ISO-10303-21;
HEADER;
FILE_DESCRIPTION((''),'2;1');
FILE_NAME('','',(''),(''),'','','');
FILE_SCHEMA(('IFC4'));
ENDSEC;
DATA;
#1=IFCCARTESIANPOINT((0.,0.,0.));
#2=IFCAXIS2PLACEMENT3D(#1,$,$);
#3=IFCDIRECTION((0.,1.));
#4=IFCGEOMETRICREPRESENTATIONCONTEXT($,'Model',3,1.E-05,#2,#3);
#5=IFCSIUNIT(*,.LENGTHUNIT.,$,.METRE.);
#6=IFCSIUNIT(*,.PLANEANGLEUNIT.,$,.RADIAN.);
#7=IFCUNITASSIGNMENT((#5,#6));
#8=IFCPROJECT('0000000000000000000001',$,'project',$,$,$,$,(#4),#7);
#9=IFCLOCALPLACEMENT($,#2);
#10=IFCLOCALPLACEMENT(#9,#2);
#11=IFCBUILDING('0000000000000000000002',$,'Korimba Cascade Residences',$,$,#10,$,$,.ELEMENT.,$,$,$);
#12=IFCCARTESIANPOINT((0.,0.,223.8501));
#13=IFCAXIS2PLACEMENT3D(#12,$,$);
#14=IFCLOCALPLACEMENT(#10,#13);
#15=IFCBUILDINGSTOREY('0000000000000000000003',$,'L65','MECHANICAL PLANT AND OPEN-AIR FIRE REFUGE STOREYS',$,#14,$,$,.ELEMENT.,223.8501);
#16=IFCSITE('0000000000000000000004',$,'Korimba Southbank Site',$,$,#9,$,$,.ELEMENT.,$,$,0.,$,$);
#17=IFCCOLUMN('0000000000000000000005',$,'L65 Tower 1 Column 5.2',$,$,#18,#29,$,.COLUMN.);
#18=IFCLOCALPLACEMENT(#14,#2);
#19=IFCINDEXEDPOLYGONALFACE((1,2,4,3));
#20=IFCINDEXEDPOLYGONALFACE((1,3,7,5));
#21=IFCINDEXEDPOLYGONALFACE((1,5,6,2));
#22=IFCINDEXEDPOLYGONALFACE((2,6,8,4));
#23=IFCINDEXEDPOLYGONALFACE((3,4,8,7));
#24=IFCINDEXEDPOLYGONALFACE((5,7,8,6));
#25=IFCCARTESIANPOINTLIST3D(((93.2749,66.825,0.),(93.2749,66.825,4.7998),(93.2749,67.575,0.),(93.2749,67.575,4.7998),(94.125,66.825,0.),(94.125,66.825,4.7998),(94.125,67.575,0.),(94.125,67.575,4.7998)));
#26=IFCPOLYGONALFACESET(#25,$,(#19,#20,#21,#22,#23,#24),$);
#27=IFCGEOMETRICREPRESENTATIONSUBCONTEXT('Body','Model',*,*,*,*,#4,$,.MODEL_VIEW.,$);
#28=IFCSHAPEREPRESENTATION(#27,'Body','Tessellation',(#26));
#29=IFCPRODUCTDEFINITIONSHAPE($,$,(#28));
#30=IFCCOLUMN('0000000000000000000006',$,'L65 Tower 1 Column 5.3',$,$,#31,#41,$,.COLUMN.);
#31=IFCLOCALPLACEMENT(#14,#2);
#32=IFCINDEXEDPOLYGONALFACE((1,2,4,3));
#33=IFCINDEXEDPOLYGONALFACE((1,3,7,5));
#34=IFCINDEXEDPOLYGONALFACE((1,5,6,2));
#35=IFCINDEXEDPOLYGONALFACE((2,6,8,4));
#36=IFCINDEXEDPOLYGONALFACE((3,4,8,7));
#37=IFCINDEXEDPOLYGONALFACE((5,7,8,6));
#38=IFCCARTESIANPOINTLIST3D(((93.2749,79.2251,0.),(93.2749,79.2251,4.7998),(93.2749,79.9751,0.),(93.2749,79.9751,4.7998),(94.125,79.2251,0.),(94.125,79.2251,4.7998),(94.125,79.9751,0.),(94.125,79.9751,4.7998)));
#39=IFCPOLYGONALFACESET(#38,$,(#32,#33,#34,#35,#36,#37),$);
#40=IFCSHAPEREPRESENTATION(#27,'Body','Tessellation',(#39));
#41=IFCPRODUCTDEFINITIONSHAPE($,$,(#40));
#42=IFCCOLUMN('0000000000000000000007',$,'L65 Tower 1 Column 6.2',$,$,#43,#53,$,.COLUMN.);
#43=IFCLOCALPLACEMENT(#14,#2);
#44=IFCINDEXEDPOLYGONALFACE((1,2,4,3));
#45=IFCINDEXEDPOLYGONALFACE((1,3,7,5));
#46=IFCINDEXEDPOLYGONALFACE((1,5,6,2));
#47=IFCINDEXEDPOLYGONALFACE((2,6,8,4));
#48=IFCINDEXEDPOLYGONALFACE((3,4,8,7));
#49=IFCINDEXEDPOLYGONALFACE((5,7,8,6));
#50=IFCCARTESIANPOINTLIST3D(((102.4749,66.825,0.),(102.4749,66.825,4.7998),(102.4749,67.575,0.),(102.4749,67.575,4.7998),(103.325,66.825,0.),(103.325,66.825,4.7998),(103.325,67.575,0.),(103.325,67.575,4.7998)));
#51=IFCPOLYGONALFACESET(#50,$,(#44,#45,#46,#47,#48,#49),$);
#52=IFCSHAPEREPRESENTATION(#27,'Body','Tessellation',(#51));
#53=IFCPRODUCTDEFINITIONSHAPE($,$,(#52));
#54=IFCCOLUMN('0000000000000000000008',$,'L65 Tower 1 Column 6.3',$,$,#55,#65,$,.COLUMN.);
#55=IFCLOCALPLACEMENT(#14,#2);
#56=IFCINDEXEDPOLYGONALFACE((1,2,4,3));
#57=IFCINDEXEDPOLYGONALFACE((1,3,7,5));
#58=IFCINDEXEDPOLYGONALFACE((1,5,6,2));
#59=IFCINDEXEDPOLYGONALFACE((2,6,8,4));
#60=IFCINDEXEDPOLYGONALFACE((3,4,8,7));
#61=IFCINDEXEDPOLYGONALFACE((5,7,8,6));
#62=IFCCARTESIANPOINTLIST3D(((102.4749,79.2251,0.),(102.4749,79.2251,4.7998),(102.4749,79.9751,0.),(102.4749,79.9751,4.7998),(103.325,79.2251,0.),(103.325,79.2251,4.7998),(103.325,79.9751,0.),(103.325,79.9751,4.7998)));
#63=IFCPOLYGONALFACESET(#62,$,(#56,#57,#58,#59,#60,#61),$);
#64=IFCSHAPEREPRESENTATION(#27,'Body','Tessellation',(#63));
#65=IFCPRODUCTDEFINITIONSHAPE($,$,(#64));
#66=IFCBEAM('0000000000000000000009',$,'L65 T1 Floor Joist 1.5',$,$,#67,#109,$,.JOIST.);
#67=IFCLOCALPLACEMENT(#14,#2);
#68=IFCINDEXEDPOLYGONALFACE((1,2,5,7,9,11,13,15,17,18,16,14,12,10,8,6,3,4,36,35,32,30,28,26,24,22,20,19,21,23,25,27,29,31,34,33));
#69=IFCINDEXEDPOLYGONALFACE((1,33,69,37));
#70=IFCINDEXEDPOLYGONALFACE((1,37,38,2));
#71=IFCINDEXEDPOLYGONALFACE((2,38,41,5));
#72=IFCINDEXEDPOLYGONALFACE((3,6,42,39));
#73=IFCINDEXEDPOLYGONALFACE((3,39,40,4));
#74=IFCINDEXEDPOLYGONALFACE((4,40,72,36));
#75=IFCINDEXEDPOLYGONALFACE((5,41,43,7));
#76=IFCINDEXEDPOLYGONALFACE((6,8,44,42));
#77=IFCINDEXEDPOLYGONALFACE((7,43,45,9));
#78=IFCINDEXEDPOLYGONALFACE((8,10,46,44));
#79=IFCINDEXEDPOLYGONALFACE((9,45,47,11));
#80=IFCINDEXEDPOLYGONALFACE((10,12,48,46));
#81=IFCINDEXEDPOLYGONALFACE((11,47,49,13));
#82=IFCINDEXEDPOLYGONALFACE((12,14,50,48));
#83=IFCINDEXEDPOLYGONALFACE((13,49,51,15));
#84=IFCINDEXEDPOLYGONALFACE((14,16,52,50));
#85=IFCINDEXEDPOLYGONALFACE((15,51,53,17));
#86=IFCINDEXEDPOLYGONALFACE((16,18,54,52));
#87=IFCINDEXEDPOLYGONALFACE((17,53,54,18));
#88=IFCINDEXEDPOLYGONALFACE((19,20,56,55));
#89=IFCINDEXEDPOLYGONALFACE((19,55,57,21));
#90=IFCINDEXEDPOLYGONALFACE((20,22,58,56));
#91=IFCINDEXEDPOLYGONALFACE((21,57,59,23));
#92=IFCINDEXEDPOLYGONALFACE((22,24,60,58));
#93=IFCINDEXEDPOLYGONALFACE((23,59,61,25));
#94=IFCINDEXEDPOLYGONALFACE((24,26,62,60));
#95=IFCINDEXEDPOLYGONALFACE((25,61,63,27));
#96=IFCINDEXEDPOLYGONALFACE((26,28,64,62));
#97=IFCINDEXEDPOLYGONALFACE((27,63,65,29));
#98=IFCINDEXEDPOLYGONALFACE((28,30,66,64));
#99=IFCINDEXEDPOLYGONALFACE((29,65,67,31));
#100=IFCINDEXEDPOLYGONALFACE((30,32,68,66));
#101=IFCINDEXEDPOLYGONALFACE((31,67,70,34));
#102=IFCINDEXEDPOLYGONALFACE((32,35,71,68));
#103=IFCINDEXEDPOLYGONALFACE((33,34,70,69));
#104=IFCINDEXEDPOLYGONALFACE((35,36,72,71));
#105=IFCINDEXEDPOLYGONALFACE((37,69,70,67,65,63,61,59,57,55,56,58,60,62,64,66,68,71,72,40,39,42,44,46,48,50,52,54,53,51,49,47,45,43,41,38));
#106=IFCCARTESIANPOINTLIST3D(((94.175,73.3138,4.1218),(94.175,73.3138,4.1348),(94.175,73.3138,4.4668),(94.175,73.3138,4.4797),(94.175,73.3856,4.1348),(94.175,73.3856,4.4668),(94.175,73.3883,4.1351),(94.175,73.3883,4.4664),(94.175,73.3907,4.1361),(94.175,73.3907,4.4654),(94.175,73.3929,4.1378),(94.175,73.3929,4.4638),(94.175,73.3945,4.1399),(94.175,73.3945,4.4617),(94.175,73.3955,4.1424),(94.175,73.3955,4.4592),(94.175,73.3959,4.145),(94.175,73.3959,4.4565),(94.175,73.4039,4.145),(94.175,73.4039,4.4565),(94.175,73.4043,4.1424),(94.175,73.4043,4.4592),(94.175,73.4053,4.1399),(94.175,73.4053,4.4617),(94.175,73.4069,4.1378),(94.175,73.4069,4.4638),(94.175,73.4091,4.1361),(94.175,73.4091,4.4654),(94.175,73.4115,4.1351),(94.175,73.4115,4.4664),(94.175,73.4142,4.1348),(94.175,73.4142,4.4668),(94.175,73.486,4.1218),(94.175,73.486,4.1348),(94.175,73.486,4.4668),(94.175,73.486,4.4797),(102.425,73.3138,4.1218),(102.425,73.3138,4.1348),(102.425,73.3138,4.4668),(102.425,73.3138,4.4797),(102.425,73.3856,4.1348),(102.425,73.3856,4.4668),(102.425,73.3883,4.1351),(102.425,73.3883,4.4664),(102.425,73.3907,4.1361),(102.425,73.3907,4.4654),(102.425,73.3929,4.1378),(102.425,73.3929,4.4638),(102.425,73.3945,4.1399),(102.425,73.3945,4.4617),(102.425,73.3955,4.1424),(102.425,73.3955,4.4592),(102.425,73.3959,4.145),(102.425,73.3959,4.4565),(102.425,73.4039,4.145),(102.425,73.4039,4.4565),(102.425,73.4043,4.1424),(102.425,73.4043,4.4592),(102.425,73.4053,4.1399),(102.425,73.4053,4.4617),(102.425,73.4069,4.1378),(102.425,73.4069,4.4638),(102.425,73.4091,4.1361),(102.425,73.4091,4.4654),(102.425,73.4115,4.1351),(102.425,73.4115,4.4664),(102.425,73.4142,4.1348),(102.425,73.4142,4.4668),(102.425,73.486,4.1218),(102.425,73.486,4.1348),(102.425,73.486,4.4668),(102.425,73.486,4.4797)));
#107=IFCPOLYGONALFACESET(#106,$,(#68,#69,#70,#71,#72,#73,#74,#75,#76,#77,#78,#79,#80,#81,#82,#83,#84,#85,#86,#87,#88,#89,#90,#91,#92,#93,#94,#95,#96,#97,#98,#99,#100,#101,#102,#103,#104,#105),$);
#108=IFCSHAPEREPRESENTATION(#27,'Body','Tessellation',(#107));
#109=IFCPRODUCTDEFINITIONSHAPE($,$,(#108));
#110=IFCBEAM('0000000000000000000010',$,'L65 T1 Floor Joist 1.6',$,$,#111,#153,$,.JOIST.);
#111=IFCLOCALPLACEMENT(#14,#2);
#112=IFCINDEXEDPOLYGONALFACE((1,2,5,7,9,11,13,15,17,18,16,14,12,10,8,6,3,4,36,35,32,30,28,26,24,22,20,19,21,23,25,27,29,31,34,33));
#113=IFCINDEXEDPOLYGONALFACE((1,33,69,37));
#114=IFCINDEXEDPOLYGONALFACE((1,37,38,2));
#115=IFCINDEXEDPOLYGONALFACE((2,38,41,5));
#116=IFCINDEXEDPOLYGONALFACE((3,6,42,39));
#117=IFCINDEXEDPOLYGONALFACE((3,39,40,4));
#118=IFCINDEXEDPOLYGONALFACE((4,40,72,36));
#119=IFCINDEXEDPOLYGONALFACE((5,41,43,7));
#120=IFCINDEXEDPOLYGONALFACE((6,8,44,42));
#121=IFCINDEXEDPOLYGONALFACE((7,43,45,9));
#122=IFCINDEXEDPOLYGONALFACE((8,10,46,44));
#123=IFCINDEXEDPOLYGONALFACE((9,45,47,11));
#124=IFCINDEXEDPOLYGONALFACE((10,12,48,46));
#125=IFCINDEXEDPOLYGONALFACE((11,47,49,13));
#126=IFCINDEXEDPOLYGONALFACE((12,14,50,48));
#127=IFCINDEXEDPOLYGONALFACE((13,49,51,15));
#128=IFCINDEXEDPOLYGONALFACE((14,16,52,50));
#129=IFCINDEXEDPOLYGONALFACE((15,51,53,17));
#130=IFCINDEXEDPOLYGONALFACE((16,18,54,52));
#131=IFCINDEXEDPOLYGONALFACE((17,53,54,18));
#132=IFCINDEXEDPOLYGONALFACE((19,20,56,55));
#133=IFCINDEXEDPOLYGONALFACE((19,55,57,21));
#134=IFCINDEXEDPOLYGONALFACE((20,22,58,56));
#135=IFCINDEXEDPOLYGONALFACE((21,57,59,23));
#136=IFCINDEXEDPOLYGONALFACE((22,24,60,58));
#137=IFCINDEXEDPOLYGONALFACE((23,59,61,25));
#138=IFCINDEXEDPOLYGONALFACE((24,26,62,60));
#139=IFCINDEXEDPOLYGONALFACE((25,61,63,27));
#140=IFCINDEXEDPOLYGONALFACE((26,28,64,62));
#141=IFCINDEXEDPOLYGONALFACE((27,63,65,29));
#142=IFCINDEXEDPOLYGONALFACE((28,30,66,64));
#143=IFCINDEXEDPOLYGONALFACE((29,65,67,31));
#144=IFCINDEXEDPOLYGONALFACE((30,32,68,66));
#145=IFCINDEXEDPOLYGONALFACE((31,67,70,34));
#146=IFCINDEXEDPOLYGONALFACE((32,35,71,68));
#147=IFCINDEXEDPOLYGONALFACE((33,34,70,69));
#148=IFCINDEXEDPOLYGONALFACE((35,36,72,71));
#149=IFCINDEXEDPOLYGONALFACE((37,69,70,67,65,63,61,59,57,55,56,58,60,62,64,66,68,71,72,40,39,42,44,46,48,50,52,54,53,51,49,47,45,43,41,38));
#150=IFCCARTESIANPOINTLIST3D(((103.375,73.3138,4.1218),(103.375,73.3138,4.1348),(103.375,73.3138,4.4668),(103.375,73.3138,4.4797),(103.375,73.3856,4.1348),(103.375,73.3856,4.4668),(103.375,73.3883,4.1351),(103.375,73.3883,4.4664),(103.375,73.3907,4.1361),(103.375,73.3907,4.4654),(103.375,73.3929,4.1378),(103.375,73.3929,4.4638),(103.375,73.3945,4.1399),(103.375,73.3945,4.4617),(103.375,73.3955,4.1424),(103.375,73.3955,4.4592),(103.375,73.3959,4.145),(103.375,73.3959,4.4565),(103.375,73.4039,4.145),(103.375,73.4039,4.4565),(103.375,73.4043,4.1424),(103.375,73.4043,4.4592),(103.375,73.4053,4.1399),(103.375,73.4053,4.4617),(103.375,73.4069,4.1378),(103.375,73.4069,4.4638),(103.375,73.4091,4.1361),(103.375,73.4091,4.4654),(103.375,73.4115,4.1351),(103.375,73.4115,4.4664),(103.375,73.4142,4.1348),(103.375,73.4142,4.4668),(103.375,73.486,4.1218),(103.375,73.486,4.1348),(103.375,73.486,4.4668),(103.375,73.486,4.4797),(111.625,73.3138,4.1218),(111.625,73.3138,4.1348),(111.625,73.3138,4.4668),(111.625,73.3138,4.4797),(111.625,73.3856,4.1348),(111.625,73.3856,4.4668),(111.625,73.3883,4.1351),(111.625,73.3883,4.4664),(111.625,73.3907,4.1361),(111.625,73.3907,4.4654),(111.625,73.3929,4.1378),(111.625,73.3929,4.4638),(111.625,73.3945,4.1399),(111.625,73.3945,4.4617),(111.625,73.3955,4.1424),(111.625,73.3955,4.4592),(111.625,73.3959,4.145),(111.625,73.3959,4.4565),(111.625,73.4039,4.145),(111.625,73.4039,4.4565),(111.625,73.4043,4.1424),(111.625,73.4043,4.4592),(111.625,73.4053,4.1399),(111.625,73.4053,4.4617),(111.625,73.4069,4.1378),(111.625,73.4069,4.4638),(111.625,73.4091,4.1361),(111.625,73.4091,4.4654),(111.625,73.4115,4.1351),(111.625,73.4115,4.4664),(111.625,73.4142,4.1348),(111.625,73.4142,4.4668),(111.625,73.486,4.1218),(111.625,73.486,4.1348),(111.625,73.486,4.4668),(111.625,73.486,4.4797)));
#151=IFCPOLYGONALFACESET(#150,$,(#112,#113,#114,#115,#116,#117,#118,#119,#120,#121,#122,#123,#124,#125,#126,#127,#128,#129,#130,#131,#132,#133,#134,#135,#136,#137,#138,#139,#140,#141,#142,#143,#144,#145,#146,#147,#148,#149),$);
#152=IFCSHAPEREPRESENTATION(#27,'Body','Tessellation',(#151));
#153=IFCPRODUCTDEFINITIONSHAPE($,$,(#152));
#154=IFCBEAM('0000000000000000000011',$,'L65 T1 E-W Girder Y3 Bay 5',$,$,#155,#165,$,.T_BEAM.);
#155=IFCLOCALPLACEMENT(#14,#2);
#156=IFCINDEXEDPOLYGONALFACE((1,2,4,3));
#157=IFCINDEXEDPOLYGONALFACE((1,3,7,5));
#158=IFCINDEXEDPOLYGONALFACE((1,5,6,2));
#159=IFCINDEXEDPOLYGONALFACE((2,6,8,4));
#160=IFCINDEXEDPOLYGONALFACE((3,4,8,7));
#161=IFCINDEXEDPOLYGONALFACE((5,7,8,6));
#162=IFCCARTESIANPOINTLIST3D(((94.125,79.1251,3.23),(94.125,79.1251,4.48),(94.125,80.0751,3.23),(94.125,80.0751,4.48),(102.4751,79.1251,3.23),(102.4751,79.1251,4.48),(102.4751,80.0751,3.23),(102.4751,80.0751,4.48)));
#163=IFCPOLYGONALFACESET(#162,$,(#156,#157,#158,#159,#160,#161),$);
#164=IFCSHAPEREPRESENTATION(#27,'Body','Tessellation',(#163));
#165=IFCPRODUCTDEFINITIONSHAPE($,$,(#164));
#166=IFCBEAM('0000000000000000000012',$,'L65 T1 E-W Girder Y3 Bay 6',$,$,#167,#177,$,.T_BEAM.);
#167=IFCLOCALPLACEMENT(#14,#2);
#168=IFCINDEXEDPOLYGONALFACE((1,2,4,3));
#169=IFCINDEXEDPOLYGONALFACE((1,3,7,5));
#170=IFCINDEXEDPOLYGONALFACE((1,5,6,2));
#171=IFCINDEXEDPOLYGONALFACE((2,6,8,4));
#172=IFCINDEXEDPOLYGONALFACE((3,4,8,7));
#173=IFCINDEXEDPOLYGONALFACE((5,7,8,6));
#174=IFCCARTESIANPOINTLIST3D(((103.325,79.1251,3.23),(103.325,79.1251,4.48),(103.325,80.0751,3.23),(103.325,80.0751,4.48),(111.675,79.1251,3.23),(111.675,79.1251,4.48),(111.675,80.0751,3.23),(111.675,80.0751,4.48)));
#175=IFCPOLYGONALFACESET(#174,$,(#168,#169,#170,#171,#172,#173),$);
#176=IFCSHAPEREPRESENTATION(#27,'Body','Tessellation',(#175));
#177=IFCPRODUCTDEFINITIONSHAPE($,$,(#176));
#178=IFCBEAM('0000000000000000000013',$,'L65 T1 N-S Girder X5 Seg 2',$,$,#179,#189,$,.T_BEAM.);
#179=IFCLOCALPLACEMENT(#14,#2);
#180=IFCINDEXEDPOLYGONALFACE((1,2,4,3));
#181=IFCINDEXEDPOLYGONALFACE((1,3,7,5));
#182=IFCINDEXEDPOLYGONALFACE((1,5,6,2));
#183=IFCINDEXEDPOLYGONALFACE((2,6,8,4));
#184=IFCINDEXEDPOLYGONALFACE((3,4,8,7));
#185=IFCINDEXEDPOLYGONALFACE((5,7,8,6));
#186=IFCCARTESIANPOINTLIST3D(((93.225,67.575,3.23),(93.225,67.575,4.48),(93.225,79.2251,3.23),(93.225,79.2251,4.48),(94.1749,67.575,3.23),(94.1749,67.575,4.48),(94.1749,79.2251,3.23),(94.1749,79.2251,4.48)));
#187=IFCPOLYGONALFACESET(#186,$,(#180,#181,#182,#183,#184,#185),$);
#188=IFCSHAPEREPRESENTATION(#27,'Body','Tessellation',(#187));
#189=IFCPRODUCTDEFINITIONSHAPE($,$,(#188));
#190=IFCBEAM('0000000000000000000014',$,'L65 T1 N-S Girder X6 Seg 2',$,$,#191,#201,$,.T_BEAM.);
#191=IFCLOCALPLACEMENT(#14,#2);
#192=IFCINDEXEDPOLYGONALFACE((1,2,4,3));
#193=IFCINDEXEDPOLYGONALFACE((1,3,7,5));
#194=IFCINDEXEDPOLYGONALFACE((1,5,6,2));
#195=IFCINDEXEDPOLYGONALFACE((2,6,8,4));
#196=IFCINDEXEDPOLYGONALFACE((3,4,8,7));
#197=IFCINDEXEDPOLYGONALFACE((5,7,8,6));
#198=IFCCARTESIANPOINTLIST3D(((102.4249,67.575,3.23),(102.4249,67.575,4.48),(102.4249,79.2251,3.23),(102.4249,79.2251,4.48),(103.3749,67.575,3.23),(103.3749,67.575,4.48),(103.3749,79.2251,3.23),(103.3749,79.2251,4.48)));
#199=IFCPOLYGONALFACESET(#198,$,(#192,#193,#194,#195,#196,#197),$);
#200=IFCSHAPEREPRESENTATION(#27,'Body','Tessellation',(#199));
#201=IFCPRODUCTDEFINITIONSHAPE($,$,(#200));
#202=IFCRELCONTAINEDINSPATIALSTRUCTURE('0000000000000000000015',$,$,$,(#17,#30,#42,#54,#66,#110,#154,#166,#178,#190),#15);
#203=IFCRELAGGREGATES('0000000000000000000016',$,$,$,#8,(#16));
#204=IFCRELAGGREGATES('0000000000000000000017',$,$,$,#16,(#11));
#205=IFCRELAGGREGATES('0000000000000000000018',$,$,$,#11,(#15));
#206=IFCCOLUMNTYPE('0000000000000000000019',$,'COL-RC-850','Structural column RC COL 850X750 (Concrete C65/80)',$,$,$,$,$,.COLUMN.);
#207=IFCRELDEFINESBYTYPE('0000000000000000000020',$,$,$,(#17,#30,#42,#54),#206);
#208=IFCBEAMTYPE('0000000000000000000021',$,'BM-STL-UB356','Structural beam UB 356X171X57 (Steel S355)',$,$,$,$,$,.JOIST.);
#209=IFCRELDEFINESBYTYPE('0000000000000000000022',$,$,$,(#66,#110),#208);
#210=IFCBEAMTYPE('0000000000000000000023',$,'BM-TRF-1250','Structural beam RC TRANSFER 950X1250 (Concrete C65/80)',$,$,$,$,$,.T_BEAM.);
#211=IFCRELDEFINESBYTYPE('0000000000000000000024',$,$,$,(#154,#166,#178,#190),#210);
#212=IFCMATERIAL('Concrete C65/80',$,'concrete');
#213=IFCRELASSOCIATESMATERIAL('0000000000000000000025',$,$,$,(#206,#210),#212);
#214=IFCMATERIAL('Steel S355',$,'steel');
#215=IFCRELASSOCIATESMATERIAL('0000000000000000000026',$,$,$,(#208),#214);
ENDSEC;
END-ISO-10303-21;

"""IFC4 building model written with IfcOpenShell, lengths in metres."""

from ifc_helpers import new_model, si_unit, direction, frame, origin, origin_2d, place, context, subcontext, project, spatial, rectangle, i_section, extrude, material, material_profile, profile_set, type_object, element, save


model = new_model("IFC4")

# Units and contexts
model_context = context("Model", 3, precision=1e-05, world=origin(), true_north=direction((0.0, 1.0)))
body_context = subcontext(model_context, "Body", "Model", "MODEL_VIEW")
ifc_project = project(units=[si_unit("LENGTHUNIT", "METRE"), si_unit("PLANEANGLEUNIT", "RADIAN")], contexts=[model_context])

# Site, building, storey
site_placement = place(None, origin())
site = spatial("IfcSite", under=ifc_project, at=site_placement, Name="Korimba Southbank Site", CompositionType="ELEMENT", RefElevation=0.0)
building_placement = place(site_placement, origin())
building = spatial("IfcBuilding", under=site, at=building_placement, Name="Korimba Cascade Residences", CompositionType="ELEMENT")
storey_placement = place(building_placement, frame((0.0, 0.0, 223.8501)))
storey = spatial("IfcBuildingStorey", under=building, at=storey_placement, Name="L65", Description="MECHANICAL PLANT AND OPEN-AIR FIRE REFUGE STOREYS", CompositionType="ELEMENT", Elevation=223.8501)

# Columns
ifc_material_1 = material(Name="Concrete C65/80", Category="concrete")
ifc_material_profile_1 = material_profile(ifc_material_1, rectangle(XDim=0.8501, YDim=0.75, at=origin_2d()), Name="Concrete C65/80")
ifc_profile_set_1 = profile_set([ifc_material_profile_1], Name="Concrete C65/80")
column_type = type_object("IfcColumnType", Name="COL-RC-850", Description="Structural column RC COL 850X750 (Concrete C65/80)", PredefinedType="COLUMN", material=ifc_profile_set_1)
for number, where, z_axis, x_axis, name in (
    (1, (93.7, 67.2, 0.0), (0.0, 0.0, 1.0), (1.0, 0.0, 0.0), "L65 Tower 1 Column 5.2"),
    (2, (93.7, 79.6001, 0.0), (0.0, 0.0, 1.0), (1.0, 0.0, 0.0), "L65 Tower 1 Column 5.3"),
    (3, (102.8999, 67.2, 0.0), (0.0, 0.0, 1.0), (1.0, 0.0, 0.0), "L65 Tower 1 Column 6.2"),
    (4, (102.8999, 79.6001, 0.0), (0.0, 0.0, 1.0), (1.0, 0.0, 0.0), "L65 Tower 1 Column 6.3"),
):
    element("IfcColumn", number, at=place(storey_placement, frame(where, z_axis=z_axis, x_axis=x_axis)), inside=storey, type_object=column_type, Name=name, PredefinedType="COLUMN", context=body_context, shape_type="SweptSolid", body=[
        extrude(rectangle(XDim=0.8501, YDim=0.75, at=origin_2d()), origin(), (0.0, 0.0, 1.0), 4.7998),
    ])

# Beams
ifc_material_2 = material(Name="Steel S355", Category="steel")
ifc_material_profile_2 = material_profile(ifc_material_2, i_section(OverallWidth=0.1721, OverallDepth=0.3579, WebThickness=0.0081, FlangeThickness=0.0129, FilletRadius=0.0103, at=origin_2d()), Name="Steel S355")
ifc_profile_set_2 = profile_set([ifc_material_profile_2], Name="Steel S355")
beam_type_1 = type_object("IfcBeamType", Name="BM-STL-UB356", Description="Structural beam UB 356X171X57 (Steel S355)", PredefinedType="JOIST", material=ifc_profile_set_2)
for number, where, z_axis, x_axis, name in (
    (5, (94.175, 73.3999, 4.3008), (1.0, 0.0, 0.0), (0.0, 1.0, 0.0), "L65 T1 Floor Joist 1.5"),
    (6, (103.375, 73.3999, 4.3008), (1.0, 0.0, 0.0), (0.0, 1.0, 0.0), "L65 T1 Floor Joist 1.6"),
):
    element("IfcBeam", number, at=place(storey_placement, frame(where, z_axis=z_axis, x_axis=x_axis)), inside=storey, type_object=beam_type_1, Name=name, PredefinedType="JOIST", context=body_context, shape_type="SweptSolid", body=[
        extrude(i_section(OverallWidth=0.1721, OverallDepth=0.3579, WebThickness=0.0081, FlangeThickness=0.0129, FilletRadius=0.0103, at=origin_2d()), origin(), (0.0, 0.0, 1.0), 8.25),
    ])
ifc_material_profile_3 = material_profile(ifc_material_1, rectangle(XDim=0.95, YDim=1.25, at=origin_2d()), Name="Concrete C65/80")
ifc_profile_set_3 = profile_set([ifc_material_profile_3], Name="Concrete C65/80")
beam_type_2 = type_object("IfcBeamType", Name="BM-TRF-1250", Description="Structural beam RC TRANSFER 950X1250 (Concrete C65/80)", PredefinedType="T_BEAM", material=ifc_profile_set_3)
for number, where, z_axis, x_axis, name in (
    (7, (94.125, 79.6001, 3.855), (1.0, 0.0, 0.0), (0.0, 1.0, 0.0), "L65 T1 E-W Girder Y3 Bay 5"),
    (8, (103.325, 79.6001, 3.855), (1.0, 0.0, 0.0), (0.0, 1.0, 0.0), "L65 T1 E-W Girder Y3 Bay 6"),
):
    element("IfcBeam", number, at=place(storey_placement, frame(where, z_axis=z_axis, x_axis=x_axis)), inside=storey, type_object=beam_type_2, Name=name, PredefinedType="T_BEAM", context=body_context, shape_type="SweptSolid", body=[
        extrude(rectangle(XDim=0.95, YDim=1.25, at=origin_2d()), origin(), (0.0, 0.0, 1.0), 8.3501),
    ])
for number, where, z_axis, x_axis, name in (
    (9, (93.7, 67.575, 3.855), (0.0, 1.0, 0.0), (-1.0, 0.0, 0.0), "L65 T1 N-S Girder X5 Seg 2"),
    (10, (102.8999, 67.575, 3.855), (0.0, 1.0, 0.0), (-1.0, 0.0, 0.0), "L65 T1 N-S Girder X6 Seg 2"),
):
    element("IfcBeam", number, at=place(storey_placement, frame(where, z_axis=z_axis, x_axis=x_axis)), inside=storey, type_object=beam_type_2, Name=name, PredefinedType="T_BEAM", context=body_context, shape_type="SweptSolid", body=[
        extrude(rectangle(XDim=0.95, YDim=1.25, at=origin_2d()), origin(), (0.0, 0.0, 1.0), 11.6501),
    ])

save(model, "model.ifc")
